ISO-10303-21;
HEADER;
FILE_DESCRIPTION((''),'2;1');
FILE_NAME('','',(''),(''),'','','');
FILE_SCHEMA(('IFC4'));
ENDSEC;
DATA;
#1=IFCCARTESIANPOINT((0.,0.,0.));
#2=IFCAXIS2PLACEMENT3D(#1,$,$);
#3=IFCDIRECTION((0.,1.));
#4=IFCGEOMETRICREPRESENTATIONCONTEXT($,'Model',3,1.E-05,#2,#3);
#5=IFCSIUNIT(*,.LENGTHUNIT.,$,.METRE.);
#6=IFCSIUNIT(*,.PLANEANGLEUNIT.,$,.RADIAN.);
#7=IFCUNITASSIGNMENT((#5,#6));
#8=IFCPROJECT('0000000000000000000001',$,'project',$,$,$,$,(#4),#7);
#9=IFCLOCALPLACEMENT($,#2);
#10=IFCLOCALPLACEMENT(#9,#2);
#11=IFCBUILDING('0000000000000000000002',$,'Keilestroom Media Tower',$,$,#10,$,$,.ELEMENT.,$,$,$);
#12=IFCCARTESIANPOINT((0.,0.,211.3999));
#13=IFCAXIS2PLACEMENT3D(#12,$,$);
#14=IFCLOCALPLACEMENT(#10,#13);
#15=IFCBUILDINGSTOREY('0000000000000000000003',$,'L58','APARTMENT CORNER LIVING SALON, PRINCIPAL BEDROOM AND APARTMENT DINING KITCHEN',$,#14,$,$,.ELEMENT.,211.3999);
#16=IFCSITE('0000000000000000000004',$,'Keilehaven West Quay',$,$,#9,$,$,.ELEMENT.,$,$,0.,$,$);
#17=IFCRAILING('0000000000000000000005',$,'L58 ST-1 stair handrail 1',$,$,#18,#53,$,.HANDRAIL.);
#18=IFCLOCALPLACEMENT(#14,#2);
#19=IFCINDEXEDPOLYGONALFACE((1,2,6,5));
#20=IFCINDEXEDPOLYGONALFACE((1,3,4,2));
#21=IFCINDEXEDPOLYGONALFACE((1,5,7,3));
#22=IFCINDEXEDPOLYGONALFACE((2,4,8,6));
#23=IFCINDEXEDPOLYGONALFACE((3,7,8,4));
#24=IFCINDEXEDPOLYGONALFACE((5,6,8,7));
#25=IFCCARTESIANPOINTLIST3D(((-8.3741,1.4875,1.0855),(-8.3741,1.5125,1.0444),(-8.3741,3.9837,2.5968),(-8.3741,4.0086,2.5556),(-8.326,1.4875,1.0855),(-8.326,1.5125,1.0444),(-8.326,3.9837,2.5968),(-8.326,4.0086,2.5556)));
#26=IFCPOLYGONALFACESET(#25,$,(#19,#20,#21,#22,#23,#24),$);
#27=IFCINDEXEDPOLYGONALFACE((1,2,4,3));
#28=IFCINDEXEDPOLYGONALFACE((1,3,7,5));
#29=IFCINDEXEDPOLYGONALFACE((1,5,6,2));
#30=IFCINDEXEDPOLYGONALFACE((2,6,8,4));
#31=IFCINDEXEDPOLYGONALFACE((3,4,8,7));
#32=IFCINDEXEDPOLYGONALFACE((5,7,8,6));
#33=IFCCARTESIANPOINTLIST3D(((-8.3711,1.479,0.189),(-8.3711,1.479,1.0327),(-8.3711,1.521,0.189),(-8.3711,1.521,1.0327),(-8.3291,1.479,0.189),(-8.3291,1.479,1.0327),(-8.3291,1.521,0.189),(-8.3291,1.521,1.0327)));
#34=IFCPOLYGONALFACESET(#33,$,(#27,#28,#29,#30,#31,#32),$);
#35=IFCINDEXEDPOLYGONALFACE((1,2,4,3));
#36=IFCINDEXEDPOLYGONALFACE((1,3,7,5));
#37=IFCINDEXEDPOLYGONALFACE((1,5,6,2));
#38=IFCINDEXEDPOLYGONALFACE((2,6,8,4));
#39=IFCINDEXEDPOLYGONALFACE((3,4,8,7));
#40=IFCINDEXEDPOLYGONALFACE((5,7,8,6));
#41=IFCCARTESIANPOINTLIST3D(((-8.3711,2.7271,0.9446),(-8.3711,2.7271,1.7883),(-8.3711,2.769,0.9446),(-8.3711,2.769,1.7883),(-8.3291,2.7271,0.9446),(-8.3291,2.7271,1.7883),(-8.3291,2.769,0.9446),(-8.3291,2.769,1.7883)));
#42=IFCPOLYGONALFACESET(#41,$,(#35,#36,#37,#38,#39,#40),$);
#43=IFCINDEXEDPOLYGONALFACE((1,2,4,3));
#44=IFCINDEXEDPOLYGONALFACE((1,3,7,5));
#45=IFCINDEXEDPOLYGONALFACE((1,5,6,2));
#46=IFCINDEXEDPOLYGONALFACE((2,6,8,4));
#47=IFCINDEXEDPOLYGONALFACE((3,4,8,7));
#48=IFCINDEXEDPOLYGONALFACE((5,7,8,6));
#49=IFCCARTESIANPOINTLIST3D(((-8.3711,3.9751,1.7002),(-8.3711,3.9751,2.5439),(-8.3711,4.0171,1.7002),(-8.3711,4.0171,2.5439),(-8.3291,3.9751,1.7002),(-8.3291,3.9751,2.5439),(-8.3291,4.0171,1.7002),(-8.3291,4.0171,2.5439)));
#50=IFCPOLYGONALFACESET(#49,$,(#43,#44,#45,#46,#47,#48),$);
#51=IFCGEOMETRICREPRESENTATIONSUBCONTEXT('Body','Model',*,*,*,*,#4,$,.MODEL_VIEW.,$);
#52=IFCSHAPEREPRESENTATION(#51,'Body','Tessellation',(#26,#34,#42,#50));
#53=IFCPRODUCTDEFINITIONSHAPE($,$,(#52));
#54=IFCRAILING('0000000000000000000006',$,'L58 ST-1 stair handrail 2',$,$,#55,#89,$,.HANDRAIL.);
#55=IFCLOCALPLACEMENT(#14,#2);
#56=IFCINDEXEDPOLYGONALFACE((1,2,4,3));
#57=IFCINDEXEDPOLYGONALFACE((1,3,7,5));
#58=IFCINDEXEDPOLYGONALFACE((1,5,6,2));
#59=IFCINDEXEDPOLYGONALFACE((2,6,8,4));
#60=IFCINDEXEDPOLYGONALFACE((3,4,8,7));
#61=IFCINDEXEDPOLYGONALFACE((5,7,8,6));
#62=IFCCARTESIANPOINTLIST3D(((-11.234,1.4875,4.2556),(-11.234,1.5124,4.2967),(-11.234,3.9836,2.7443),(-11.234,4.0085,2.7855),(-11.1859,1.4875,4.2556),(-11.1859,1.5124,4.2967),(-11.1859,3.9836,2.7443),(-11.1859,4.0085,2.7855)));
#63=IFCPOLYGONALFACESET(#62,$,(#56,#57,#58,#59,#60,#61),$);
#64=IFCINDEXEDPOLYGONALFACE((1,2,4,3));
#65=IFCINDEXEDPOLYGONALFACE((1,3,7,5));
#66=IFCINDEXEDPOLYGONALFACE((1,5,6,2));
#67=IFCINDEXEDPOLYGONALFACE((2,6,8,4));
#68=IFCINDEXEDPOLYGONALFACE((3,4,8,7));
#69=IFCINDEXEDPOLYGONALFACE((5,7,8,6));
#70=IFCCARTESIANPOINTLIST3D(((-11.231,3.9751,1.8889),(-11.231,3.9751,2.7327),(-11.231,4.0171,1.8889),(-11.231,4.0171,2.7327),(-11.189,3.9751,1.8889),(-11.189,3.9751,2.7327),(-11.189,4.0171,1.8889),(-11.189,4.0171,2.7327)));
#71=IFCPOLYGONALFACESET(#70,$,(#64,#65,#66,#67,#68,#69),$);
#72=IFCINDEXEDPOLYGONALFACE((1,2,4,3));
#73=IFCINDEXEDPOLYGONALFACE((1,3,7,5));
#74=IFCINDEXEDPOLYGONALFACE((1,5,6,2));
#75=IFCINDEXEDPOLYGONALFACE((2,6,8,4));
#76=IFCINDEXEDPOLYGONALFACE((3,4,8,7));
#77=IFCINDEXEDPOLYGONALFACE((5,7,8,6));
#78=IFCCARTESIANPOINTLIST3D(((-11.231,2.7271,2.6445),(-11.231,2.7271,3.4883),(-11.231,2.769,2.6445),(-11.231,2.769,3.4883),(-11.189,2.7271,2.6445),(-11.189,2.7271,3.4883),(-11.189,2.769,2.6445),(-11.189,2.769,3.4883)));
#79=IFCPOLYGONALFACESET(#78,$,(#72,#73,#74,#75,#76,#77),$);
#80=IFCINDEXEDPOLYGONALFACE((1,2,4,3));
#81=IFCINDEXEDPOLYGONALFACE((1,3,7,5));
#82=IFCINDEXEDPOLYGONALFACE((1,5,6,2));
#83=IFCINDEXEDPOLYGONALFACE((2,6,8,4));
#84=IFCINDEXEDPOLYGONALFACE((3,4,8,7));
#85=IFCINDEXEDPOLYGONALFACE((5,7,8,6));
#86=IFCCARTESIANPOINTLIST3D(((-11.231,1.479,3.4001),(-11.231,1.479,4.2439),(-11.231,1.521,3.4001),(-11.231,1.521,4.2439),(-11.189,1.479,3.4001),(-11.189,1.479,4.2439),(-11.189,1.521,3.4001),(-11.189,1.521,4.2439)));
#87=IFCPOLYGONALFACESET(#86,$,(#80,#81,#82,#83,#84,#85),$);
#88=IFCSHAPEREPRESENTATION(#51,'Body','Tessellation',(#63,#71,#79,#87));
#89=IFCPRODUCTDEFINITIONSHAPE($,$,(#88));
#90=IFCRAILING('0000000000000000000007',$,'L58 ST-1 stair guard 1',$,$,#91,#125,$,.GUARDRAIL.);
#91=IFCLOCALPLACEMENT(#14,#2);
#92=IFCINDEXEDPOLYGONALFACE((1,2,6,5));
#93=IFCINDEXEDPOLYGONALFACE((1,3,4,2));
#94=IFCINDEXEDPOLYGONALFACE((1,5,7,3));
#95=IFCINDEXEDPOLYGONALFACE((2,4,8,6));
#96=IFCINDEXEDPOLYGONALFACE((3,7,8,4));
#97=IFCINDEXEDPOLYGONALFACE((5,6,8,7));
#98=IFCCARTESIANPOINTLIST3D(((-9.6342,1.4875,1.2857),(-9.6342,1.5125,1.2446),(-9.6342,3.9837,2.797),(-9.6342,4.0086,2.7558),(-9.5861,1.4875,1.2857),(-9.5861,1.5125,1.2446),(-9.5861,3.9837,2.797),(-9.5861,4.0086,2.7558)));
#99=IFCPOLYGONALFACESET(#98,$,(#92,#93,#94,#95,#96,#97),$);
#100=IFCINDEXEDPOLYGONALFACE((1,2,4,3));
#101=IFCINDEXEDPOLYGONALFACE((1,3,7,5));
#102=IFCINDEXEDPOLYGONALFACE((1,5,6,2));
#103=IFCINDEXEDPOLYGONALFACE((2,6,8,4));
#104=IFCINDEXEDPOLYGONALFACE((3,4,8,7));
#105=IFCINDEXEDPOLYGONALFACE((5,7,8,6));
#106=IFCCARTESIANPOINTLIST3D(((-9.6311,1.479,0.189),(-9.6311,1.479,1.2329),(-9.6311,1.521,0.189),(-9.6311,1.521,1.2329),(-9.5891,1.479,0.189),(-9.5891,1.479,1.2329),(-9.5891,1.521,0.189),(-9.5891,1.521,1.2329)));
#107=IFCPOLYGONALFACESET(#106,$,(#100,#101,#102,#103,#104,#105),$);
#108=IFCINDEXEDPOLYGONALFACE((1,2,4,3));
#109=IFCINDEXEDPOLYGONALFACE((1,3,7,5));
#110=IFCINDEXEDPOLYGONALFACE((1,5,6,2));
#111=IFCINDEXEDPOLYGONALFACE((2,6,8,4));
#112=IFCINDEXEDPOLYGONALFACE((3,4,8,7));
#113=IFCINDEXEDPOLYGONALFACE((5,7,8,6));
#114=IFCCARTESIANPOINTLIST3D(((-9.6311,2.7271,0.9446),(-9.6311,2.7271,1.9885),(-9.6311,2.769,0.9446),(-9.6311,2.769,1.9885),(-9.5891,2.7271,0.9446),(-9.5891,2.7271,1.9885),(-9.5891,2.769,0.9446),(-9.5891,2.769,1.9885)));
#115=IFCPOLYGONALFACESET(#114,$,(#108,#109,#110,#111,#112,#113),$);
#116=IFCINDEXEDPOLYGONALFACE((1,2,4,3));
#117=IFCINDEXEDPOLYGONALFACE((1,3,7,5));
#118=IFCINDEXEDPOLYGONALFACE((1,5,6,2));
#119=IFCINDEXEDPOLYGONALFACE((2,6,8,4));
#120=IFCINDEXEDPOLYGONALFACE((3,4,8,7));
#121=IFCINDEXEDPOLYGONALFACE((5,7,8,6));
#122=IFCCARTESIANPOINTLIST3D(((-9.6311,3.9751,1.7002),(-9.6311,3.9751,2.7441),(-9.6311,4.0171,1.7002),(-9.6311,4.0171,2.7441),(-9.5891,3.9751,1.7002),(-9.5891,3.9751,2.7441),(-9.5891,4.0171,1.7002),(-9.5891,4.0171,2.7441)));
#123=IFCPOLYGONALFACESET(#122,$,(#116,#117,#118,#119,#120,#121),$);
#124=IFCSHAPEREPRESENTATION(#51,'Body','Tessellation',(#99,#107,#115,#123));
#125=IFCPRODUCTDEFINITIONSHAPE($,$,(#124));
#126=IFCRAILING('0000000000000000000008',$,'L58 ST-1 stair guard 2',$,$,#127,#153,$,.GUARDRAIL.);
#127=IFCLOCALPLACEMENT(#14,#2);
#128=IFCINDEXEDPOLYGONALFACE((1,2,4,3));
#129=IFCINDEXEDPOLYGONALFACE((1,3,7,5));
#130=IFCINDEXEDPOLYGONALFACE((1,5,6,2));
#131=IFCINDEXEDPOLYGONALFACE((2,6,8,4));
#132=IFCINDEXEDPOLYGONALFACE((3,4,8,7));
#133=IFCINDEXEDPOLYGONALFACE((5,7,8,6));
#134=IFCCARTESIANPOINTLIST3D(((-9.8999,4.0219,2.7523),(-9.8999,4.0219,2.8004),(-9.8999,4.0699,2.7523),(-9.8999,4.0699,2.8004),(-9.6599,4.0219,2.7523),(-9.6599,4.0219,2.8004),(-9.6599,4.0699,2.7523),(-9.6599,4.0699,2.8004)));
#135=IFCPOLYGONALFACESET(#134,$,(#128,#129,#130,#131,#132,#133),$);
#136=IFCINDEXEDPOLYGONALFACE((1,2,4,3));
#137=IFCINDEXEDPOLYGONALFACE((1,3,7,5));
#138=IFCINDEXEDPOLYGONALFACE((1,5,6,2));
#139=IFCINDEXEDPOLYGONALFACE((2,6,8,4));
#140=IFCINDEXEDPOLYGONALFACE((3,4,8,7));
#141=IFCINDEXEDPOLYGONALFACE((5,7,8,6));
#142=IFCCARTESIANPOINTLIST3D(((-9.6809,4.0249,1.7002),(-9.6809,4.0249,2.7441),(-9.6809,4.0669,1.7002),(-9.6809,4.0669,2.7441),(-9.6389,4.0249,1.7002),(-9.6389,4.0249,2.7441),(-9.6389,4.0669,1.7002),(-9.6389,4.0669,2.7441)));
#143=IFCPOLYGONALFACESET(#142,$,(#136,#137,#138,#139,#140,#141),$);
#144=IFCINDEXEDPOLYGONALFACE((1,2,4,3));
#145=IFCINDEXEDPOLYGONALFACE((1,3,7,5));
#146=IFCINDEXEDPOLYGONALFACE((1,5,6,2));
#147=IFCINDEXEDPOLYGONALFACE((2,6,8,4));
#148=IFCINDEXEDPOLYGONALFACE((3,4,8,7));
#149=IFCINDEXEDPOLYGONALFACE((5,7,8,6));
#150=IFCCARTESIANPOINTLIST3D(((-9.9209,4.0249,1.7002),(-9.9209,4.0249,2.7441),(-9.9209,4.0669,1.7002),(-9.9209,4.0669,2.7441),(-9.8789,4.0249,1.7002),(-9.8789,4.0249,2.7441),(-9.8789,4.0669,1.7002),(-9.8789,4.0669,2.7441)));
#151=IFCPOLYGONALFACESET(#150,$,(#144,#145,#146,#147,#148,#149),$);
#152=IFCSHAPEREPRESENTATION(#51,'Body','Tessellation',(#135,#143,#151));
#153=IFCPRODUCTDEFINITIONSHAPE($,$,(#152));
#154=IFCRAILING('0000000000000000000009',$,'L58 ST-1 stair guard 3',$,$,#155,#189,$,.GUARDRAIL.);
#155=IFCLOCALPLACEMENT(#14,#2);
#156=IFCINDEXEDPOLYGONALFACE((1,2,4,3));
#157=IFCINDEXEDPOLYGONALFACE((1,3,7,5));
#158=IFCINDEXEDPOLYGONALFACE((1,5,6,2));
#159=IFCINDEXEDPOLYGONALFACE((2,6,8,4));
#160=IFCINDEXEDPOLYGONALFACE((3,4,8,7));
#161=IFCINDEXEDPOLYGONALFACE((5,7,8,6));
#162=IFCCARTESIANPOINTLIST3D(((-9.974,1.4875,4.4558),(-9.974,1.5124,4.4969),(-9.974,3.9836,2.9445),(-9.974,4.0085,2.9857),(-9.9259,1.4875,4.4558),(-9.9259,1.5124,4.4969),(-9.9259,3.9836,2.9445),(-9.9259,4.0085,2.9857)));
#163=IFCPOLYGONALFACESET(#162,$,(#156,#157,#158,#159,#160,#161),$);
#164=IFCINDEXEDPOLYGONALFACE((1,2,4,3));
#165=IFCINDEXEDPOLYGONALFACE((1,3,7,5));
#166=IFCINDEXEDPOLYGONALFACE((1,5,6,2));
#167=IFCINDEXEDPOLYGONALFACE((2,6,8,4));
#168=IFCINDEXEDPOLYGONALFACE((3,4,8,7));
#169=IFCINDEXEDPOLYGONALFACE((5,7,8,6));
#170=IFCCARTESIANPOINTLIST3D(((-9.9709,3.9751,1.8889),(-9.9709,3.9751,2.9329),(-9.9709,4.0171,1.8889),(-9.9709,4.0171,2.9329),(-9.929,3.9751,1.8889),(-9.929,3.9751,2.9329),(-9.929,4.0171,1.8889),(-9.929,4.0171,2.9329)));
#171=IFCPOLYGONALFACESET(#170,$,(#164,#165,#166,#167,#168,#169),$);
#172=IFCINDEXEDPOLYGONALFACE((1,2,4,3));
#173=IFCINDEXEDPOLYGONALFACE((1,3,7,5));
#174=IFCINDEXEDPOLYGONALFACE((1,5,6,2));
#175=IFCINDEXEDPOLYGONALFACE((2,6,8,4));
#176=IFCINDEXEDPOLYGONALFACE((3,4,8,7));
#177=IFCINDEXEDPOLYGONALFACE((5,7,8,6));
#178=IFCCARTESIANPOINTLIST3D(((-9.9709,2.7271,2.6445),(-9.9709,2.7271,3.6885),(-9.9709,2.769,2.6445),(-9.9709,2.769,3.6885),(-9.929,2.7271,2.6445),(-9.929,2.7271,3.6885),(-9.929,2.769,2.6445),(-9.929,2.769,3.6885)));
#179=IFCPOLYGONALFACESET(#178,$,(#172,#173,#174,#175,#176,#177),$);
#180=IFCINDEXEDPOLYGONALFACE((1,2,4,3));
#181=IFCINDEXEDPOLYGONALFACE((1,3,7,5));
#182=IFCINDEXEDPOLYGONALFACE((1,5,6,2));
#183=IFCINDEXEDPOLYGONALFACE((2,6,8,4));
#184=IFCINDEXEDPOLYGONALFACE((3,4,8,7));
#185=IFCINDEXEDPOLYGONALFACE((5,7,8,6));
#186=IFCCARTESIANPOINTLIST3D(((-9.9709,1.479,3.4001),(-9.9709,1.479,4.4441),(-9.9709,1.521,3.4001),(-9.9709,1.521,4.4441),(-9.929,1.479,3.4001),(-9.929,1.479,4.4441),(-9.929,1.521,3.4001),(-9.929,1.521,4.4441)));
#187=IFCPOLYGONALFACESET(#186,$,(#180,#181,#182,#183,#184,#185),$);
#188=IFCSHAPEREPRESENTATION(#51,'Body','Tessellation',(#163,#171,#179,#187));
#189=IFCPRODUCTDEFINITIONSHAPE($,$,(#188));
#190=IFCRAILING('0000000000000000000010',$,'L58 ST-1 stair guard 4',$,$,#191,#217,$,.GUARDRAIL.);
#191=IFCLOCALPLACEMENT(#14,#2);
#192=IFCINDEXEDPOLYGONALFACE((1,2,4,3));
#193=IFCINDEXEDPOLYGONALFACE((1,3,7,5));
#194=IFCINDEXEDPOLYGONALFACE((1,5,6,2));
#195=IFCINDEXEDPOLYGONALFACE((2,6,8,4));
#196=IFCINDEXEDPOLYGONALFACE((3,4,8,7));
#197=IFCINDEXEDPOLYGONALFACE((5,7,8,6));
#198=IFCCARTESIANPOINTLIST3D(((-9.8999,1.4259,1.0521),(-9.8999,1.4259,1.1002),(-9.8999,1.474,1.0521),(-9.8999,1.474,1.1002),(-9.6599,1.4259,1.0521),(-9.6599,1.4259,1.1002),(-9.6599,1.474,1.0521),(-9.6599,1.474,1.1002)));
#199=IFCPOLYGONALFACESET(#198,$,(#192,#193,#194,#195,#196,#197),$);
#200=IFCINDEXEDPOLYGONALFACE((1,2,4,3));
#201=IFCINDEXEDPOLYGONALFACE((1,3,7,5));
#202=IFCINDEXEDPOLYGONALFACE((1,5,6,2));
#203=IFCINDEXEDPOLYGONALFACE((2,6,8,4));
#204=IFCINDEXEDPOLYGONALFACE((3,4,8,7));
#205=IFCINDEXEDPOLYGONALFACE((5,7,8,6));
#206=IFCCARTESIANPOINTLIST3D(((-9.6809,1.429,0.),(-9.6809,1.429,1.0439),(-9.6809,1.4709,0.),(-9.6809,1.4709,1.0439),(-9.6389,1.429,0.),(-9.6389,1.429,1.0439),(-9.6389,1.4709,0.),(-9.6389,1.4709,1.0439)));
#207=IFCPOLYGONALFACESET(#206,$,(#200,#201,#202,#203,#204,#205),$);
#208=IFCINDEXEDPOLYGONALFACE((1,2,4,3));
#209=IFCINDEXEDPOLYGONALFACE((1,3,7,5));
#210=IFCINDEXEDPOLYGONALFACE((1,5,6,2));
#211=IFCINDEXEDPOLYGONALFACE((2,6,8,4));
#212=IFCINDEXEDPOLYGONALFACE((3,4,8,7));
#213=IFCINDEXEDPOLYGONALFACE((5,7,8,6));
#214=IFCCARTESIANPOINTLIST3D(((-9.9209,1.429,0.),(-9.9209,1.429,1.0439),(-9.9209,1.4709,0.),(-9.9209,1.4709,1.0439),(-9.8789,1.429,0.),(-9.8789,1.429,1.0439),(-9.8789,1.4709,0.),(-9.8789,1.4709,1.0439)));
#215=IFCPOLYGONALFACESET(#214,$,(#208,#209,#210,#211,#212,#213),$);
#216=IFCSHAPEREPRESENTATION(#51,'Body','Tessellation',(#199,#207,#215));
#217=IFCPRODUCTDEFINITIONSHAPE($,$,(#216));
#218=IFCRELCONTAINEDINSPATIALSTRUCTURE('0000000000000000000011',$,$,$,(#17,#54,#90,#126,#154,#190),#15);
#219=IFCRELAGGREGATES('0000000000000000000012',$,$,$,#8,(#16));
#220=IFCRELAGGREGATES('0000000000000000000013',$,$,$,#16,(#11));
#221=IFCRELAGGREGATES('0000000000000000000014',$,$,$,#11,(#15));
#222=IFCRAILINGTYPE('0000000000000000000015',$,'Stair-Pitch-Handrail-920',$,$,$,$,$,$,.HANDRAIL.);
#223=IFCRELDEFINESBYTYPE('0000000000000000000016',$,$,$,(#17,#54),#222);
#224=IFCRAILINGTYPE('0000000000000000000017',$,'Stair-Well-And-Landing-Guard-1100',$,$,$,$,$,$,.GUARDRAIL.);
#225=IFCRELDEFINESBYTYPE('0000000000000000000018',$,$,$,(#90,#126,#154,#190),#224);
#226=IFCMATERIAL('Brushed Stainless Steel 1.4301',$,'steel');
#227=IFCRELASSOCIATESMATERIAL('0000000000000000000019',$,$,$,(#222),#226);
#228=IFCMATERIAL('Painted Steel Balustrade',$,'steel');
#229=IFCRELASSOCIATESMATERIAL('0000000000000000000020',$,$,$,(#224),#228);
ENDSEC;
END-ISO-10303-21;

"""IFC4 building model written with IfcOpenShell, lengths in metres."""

from ifc_helpers import new_model, si_unit, direction, frame, origin, origin_2d, place, context, subcontext, project, spatial, rectangle, extrude, material, type_object, element, save


model = new_model("IFC4")

# Units and contexts
model_context = context("Model", 3, precision=1e-05, world=origin(), true_north=direction((0.0, 1.0)))
body_context = subcontext(model_context, "Body", "Model", "MODEL_VIEW")
ifc_project = project(units=[si_unit("LENGTHUNIT", "METRE"), si_unit("PLANEANGLEUNIT", "RADIAN")], contexts=[model_context])

# Site, building, storey
site_placement = place(None, origin())
site = spatial("IfcSite", under=ifc_project, at=site_placement, Name="Keilehaven West Quay", CompositionType="ELEMENT", RefElevation=0.0)
building_placement = place(site_placement, origin())
building = spatial("IfcBuilding", under=site, at=building_placement, Name="Keilestroom Media Tower", CompositionType="ELEMENT")
storey_placement = place(building_placement, frame((0.0, 0.0, 211.3999)))
storey = spatial("IfcBuildingStorey", under=building, at=storey_placement, Name="L58", Description="APARTMENT CORNER LIVING SALON, PRINCIPAL BEDROOM AND APARTMENT DINING KITCHEN", CompositionType="ELEMENT", Elevation=211.3999)

# Railings
ifc_material_1 = material(Name="Brushed Stainless Steel 1.4301", Category="steel")
railing_type_1 = type_object("IfcRailingType", Name="Stair-Pitch-Handrail-920", PredefinedType="HANDRAIL", material=ifc_material_1)
railing_1_placement = place(storey_placement, frame((-8.3501, 1.5, 0.189)))
element("IfcRailing", 1, at=railing_1_placement, inside=storey, type_object=railing_type_1, Name="L58 ST-1 stair handrail 1", PredefinedType="HANDRAIL", context=body_context, shape_type="SweptSolid", body=[
    extrude(rectangle(XDim=0.0481, YDim=0.0481, at=origin_2d()), frame((0.0, 0.0, 0.876), z_axis=(0.0, 0.855434, 0.517912), x_axis=(-1.0, 0.0, 0.0)), (0.0, 0.0, 1.0), 2.918),
    extrude(rectangle(XDim=0.042, YDim=0.042, at=origin_2d()), origin(), (0.0, 0.0, 1.0), 0.8438),
    extrude(rectangle(XDim=0.042, YDim=0.042, at=origin_2d()), frame((0.0, 1.248, 0.7556)), (0.0, 0.0, 1.0), 0.8438),
    extrude(rectangle(XDim=0.042, YDim=0.042, at=origin_2d()), frame((0.0, 2.4961, 1.5112)), (0.0, 0.0, 1.0), 0.8438),
])
railing_2_placement = place(storey_placement, frame((-11.21, 3.9961, 1.8889)))
element("IfcRailing", 2, at=railing_2_placement, inside=storey, type_object=railing_type_1, Name="L58 ST-1 stair handrail 2", PredefinedType="HANDRAIL", context=body_context, shape_type="SweptSolid", body=[
    extrude(rectangle(XDim=0.0481, YDim=0.0481, at=origin_2d()), frame((0.0, 0.0, 0.876), z_axis=(0.0, -0.855434, 0.517912), x_axis=(1.0, 0.0, 0.0)), (0.0, 0.0, 1.0), 2.918),
    extrude(rectangle(XDim=0.042, YDim=0.042, at=origin_2d()), origin(), (0.0, 0.0, 1.0), 0.8438),
    extrude(rectangle(XDim=0.042, YDim=0.042, at=origin_2d()), frame((0.0, -1.248, 0.7556)), (0.0, 0.0, 1.0), 0.8438),
    extrude(rectangle(XDim=0.042, YDim=0.042, at=origin_2d()), frame((0.0, -2.4961, 1.5112)), (0.0, 0.0, 1.0), 0.8438),
])
ifc_material_2 = material(Name="Painted Steel Balustrade", Category="steel")
railing_type_2 = type_object("IfcRailingType", Name="Stair-Well-And-Landing-Guard-1100", PredefinedType="GUARDRAIL", material=ifc_material_2)
railing_3_placement = place(storey_placement, frame((-9.6101, 1.5, 0.189)))
element("IfcRailing", 3, at=railing_3_placement, inside=storey, type_object=railing_type_2, Name="L58 ST-1 stair guard 1", PredefinedType="GUARDRAIL", context=body_context, shape_type="SweptSolid", body=[
    extrude(rectangle(XDim=0.0481, YDim=0.0481, at=origin_2d()), frame((0.0, 0.0, 1.0762), z_axis=(0.0, 0.855434, 0.517912), x_axis=(-1.0, 0.0, 0.0)), (0.0, 0.0, 1.0), 2.918),
    extrude(rectangle(XDim=0.042, YDim=0.042, at=origin_2d()), origin(), (0.0, 0.0, 1.0), 1.0439),
    extrude(rectangle(XDim=0.042, YDim=0.042, at=origin_2d()), frame((0.0, 1.248, 0.7556)), (0.0, 0.0, 1.0), 1.0439),
    extrude(rectangle(XDim=0.042, YDim=0.042, at=origin_2d()), frame((0.0, 2.4961, 1.5112)), (0.0, 0.0, 1.0), 1.0439),
])
railing_4_placement = place(storey_placement, frame((-9.6599, 4.0459, 1.7002)))
element("IfcRailing", 4, at=railing_4_placement, inside=storey, type_object=railing_type_2, Name="L58 ST-1 stair guard 2", PredefinedType="GUARDRAIL", context=body_context, shape_type="SweptSolid", body=[
    extrude(rectangle(XDim=0.0481, YDim=0.0481, at=origin_2d()), frame((0.0, 0.0, 1.0762), z_axis=(-1.0, 0.0, 0.0), x_axis=(0.0, -1.0, 0.0)), (0.0, 0.0, 1.0), 0.24),
    extrude(rectangle(XDim=0.042, YDim=0.042, at=origin_2d()), origin(), (0.0, 0.0, 1.0), 1.0439),
    extrude(rectangle(XDim=0.042, YDim=0.042, at=origin_2d()), frame((-0.24, 0.0, 0.0)), (0.0, 0.0, 1.0), 1.0439),
])
railing_5_placement = place(storey_placement, frame((-9.95, 3.9961, 1.8889)))
element("IfcRailing", 5, at=railing_5_placement, inside=storey, type_object=railing_type_2, Name="L58 ST-1 stair guard 3", PredefinedType="GUARDRAIL", context=body_context, shape_type="SweptSolid", body=[
    extrude(rectangle(XDim=0.0481, YDim=0.0481, at=origin_2d()), frame((0.0, 0.0, 1.0762), z_axis=(0.0, -0.855434, 0.517912), x_axis=(1.0, 0.0, 0.0)), (0.0, 0.0, 1.0), 2.918),
    extrude(rectangle(XDim=0.042, YDim=0.042, at=origin_2d()), origin(), (0.0, 0.0, 1.0), 1.0439),
    extrude(rectangle(XDim=0.042, YDim=0.042, at=origin_2d()), frame((0.0, -1.248, 0.7556)), (0.0, 0.0, 1.0), 1.0439),
    extrude(rectangle(XDim=0.042, YDim=0.042, at=origin_2d()), frame((0.0, -2.4961, 1.5112)), (0.0, 0.0, 1.0), 1.0439),
])
railing_6_placement = place(storey_placement, frame((-9.6599, 1.45, 0.0)))
element("IfcRailing", 6, at=railing_6_placement, inside=storey, type_object=railing_type_2, Name="L58 ST-1 stair guard 4", PredefinedType="GUARDRAIL", context=body_context, shape_type="SweptSolid", body=[
    extrude(rectangle(XDim=0.0481, YDim=0.0481, at=origin_2d()), frame((0.0, 0.0, 1.0762), z_axis=(-1.0, 0.0, 0.0), x_axis=(0.0, -1.0, 0.0)), (0.0, 0.0, 1.0), 0.24),
    extrude(rectangle(XDim=0.042, YDim=0.042, at=origin_2d()), origin(), (0.0, 0.0, 1.0), 1.0439),
    extrude(rectangle(XDim=0.042, YDim=0.042, at=origin_2d()), frame((-0.24, 0.0, 0.0)), (0.0, 0.0, 1.0), 1.0439),
])

save(model, "model.ifc")
